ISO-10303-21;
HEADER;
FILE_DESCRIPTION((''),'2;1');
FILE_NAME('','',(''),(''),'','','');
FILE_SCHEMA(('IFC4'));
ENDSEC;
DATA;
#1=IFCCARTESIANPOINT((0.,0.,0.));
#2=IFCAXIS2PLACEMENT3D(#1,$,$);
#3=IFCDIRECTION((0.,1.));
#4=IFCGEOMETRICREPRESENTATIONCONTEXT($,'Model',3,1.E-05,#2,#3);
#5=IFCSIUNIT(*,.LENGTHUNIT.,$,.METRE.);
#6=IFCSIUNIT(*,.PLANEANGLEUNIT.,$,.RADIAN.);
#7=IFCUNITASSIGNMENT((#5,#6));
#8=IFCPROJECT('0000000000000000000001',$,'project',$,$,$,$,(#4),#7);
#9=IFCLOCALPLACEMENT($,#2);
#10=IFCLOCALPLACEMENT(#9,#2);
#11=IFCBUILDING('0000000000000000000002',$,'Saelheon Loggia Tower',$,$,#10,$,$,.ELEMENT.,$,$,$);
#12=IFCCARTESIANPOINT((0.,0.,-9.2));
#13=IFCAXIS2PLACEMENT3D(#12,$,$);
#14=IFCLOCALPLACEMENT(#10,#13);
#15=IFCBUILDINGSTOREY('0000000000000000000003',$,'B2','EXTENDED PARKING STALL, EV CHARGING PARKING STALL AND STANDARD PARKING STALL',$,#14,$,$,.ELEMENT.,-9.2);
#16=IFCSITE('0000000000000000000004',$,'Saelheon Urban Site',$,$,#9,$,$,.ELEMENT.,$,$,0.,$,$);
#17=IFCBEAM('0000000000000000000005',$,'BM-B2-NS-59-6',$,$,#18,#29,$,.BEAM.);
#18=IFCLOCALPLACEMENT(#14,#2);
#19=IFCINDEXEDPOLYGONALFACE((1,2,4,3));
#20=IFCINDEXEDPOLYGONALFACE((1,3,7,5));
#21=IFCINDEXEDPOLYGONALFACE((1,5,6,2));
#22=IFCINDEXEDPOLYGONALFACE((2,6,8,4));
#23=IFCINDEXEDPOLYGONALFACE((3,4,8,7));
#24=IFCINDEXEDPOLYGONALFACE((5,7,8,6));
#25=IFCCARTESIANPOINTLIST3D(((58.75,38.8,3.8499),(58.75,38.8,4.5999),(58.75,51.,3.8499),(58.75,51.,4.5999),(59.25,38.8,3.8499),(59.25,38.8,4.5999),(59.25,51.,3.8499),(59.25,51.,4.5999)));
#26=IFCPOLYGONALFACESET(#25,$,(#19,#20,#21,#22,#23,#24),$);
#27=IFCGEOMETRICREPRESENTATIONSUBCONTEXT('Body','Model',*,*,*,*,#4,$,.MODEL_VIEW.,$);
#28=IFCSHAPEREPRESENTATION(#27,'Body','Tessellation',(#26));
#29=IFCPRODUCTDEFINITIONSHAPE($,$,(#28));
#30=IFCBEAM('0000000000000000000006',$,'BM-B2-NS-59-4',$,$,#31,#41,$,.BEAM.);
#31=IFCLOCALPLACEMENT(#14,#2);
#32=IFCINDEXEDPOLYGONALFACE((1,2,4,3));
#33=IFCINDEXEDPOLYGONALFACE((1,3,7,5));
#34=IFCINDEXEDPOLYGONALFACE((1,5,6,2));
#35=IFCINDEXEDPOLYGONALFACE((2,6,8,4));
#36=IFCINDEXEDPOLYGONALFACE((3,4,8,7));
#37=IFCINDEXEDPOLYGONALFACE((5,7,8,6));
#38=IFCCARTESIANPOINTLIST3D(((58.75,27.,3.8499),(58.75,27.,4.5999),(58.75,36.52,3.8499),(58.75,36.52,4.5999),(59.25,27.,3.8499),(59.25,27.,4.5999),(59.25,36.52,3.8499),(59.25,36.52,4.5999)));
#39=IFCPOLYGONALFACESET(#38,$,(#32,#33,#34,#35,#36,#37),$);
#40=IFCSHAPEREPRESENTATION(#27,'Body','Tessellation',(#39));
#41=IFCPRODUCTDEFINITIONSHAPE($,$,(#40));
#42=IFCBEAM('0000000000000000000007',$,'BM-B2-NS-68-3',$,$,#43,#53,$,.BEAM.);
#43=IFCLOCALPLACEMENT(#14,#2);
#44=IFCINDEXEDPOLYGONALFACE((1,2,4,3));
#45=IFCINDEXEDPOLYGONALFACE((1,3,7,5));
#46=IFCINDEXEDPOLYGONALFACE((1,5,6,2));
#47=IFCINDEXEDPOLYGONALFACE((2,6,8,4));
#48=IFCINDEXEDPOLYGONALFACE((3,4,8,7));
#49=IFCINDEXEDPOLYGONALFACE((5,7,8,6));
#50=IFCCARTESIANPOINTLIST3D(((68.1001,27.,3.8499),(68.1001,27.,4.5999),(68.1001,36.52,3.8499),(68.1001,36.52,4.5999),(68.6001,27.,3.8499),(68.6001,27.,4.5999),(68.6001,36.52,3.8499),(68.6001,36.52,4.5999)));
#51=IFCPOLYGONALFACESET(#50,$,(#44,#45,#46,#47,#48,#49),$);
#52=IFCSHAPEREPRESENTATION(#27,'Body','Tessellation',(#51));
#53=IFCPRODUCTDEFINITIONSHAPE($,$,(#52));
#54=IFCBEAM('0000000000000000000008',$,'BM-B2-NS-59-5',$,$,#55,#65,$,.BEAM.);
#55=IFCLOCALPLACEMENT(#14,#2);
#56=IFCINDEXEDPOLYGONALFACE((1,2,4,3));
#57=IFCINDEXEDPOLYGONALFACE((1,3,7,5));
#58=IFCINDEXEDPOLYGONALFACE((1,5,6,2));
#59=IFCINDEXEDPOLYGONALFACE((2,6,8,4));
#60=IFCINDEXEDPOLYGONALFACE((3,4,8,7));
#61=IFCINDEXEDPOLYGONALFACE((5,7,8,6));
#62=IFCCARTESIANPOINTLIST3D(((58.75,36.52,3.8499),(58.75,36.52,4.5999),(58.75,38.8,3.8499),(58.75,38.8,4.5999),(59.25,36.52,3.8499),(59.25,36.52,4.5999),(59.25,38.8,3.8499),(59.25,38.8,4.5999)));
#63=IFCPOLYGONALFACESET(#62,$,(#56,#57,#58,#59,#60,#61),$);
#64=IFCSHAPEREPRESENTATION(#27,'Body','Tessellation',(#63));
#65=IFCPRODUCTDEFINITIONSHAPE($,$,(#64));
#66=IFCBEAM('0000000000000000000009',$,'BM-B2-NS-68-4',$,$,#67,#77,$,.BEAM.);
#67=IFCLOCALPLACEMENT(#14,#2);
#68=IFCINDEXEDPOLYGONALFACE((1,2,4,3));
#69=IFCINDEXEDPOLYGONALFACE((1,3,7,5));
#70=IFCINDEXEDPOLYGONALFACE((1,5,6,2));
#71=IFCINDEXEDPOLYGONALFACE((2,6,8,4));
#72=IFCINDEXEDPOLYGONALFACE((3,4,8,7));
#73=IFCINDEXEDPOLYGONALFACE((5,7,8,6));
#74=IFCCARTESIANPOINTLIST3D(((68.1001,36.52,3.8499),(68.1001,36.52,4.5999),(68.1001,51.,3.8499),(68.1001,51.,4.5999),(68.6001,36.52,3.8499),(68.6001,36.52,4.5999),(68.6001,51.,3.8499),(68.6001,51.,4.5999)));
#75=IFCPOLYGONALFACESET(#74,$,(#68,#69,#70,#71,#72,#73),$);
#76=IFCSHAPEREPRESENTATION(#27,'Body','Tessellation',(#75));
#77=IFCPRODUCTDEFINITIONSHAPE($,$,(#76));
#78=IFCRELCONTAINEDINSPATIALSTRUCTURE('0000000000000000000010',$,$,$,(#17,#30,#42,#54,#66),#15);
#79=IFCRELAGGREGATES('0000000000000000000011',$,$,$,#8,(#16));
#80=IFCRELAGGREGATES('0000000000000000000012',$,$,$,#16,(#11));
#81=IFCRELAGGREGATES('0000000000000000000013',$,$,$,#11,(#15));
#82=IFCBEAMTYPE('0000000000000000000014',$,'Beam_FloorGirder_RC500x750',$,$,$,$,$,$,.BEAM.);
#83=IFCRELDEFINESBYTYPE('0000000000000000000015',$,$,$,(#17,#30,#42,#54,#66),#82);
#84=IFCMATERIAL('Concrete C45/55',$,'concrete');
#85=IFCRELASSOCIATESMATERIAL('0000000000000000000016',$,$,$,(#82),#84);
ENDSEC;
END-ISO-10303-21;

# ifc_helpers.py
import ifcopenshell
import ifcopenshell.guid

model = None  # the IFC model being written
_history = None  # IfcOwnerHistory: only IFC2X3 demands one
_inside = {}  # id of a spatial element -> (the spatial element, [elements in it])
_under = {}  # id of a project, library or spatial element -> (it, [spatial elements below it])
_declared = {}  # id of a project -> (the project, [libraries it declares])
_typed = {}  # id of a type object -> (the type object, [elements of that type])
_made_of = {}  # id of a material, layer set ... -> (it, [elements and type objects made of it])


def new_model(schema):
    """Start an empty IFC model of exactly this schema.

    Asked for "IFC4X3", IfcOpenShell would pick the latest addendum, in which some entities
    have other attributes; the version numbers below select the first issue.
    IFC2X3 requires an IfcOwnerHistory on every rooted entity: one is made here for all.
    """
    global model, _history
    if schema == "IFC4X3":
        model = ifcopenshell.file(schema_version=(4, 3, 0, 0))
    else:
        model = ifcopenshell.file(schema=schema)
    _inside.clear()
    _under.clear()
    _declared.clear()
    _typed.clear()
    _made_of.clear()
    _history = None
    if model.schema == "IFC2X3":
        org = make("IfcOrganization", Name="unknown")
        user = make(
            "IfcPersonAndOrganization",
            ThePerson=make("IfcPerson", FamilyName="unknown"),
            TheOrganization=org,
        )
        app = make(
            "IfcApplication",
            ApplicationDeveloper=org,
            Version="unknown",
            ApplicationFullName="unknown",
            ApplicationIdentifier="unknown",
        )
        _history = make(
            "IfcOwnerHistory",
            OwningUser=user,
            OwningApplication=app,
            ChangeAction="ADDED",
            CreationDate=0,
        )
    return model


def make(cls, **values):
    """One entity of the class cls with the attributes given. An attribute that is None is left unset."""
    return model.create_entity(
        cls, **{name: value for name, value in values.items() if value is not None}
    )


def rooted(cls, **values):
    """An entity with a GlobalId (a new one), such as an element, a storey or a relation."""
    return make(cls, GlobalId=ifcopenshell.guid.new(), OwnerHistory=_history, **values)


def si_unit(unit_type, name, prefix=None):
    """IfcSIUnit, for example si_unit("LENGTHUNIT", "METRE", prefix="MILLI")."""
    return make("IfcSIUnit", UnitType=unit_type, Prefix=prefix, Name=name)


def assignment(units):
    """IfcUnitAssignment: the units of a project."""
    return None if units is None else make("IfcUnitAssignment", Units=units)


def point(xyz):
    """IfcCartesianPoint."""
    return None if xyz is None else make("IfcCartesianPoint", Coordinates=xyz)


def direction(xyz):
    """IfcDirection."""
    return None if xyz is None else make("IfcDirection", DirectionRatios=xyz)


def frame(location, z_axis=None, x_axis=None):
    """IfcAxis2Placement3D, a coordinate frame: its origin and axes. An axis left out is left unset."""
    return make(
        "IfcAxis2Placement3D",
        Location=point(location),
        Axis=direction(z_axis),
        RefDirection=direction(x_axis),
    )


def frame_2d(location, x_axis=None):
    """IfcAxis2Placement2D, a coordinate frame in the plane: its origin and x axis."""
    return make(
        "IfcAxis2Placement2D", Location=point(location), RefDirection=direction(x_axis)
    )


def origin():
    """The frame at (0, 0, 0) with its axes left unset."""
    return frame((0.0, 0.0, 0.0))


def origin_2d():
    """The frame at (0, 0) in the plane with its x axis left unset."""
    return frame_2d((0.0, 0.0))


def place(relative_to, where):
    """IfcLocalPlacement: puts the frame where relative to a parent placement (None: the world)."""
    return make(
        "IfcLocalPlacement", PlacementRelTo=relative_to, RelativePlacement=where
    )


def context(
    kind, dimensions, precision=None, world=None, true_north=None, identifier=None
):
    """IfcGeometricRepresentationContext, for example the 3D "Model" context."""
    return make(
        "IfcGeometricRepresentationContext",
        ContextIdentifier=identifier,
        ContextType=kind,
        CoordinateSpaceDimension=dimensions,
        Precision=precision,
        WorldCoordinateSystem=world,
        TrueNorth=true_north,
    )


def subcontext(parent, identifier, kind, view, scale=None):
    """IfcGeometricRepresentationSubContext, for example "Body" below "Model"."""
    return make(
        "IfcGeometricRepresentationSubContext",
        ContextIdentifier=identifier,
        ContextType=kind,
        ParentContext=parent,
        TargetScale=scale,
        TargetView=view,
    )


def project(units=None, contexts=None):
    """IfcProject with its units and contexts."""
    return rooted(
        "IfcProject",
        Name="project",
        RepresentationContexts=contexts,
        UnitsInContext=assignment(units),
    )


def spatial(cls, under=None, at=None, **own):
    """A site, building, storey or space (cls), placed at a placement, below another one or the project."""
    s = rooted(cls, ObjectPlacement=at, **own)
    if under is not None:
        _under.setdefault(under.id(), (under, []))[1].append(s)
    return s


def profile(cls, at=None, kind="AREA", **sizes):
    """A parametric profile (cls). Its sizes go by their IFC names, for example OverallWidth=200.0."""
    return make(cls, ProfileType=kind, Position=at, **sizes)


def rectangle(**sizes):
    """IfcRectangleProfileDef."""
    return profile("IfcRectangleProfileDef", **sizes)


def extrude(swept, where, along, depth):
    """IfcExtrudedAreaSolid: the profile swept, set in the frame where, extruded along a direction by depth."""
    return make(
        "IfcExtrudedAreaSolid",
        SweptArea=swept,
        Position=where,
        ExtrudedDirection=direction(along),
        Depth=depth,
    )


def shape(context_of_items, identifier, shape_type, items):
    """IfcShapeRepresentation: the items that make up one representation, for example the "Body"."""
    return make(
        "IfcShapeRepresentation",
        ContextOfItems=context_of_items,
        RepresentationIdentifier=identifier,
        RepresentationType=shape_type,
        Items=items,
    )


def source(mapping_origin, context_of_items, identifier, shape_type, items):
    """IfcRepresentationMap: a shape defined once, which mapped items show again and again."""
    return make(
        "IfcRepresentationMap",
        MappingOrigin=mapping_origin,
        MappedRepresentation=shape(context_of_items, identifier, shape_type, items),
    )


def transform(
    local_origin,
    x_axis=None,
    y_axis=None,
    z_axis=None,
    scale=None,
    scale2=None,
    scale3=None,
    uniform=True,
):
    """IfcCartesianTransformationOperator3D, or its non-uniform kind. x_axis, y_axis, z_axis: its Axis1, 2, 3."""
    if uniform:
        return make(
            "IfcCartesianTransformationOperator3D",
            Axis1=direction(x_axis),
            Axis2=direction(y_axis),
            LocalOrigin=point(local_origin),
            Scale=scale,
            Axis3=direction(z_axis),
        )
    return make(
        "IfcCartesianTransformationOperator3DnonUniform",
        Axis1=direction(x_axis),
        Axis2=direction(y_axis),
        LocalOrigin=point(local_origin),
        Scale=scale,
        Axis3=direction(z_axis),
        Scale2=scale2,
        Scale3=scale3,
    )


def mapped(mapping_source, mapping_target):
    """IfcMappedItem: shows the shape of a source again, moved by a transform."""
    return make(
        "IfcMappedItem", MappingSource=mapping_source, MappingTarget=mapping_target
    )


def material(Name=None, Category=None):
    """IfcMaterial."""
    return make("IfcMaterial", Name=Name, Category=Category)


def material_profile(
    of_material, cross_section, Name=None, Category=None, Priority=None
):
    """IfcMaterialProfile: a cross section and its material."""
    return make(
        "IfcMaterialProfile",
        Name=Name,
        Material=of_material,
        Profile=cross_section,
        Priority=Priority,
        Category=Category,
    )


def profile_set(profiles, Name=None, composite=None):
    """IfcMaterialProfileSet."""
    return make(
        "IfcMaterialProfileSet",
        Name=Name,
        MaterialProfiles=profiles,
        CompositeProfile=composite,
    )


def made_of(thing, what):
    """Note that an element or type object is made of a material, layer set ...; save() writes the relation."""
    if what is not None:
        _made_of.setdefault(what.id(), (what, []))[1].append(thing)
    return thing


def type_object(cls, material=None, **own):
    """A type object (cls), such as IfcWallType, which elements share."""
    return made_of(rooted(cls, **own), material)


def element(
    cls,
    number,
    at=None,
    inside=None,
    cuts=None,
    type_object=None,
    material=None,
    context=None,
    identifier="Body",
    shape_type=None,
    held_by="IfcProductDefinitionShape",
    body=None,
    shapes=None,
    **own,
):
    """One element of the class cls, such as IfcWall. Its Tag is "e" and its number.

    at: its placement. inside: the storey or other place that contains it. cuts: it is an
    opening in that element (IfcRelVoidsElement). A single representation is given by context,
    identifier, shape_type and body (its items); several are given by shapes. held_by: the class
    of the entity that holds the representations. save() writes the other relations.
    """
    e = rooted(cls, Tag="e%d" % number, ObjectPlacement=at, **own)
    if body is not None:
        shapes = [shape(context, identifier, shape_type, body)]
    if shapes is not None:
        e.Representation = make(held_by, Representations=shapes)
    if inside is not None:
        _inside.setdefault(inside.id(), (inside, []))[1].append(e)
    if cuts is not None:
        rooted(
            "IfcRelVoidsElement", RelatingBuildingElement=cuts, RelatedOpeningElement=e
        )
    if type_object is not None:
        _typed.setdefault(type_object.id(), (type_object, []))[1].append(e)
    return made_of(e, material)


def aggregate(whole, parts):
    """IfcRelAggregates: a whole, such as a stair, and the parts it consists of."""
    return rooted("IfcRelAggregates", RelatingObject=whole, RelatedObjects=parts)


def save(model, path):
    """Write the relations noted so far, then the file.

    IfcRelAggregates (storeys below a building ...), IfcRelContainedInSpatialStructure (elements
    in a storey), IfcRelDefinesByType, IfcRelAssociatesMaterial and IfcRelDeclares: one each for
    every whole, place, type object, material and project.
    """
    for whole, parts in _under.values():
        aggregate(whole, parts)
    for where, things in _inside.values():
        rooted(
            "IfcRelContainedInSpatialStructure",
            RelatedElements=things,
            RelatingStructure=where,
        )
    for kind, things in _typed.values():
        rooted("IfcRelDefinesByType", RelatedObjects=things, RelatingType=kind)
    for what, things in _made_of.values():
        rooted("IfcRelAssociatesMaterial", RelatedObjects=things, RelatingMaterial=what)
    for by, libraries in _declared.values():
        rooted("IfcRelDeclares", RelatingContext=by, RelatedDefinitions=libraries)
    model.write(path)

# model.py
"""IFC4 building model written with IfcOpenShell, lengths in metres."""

from ifc_helpers import new_model, si_unit, direction, frame, origin, origin_2d, place, context, subcontext, project, spatial, rectangle, extrude, source, transform, mapped, material, material_profile, profile_set, type_object, element, save


model = new_model("IFC4")

# Units and contexts
model_context = context("Model", 3, precision=1e-05, world=origin(), true_north=direction((0.0, 1.0)))
body_context = subcontext(model_context, "Body", "Model", "MODEL_VIEW")
ifc_project = project(units=[si_unit("LENGTHUNIT", "METRE"), si_unit("PLANEANGLEUNIT", "RADIAN")], contexts=[model_context])

# Site, building, storey
site_placement = place(None, origin())
site = spatial("IfcSite", under=ifc_project, at=site_placement, Name="Saelheon Urban Site", CompositionType="ELEMENT", RefElevation=0.0)
building_placement = place(site_placement, origin())
building = spatial("IfcBuilding", under=site, at=building_placement, Name="Saelheon Loggia Tower", CompositionType="ELEMENT")
storey_placement = place(building_placement, frame((0.0, 0.0, -9.2)))
storey = spatial("IfcBuildingStorey", under=building, at=storey_placement, Name="B2", Description="EXTENDED PARKING STALL, EV CHARGING PARKING STALL AND STANDARD PARKING STALL", CompositionType="ELEMENT", Elevation=-9.2)

# Shared definitions
ifc_material_1 = material(Name="Concrete C45/55", Category="concrete")

# Beams
ifc_material_profile_1 = material_profile(ifc_material_1, rectangle(XDim=0.5, YDim=0.75, at=origin_2d()), Name="RC-500x750")
ifc_profile_set_1 = profile_set([ifc_material_profile_1], Name="Concrete C45/55")
beam_type_1 = type_object("IfcBeamType", Name="Beam_FloorGirder_RC500x750", PredefinedType="BEAM", material=ifc_profile_set_1)
shared_shape_1 = source(origin(), body_context, "Body", "SweptSolid", [
    extrude(rectangle(XDim=0.5, YDim=0.75, at=origin_2d()), origin(), (0.0, 0.0, 1.0), 12.2),
])
beam_1_placement = place(storey_placement, frame((59.0, 38.8, 4.2249), z_axis=(0.0, 1.0, 0.0), x_axis=(-1.0, 0.0, 0.0)))
element("IfcBeam", 1, at=beam_1_placement, inside=storey, type_object=beam_type_1, Name="BM-B2-NS-59-6", PredefinedType="BEAM", context=body_context, shape_type="MappedRepresentation", body=[
    mapped(shared_shape_1, transform((0.0, 0.0, 0.0), scale=1.0)),
])
shared_shape_2 = source(origin(), body_context, "Body", "SweptSolid", [
    extrude(rectangle(XDim=0.5, YDim=0.75, at=origin_2d()), origin(), (0.0, 0.0, 1.0), 9.52),
])
for number, where, z_axis, x_axis, name in (
    (2, (59.0, 27.0, 4.2249), (0.0, 1.0, 0.0), (-1.0, 0.0, 0.0), "BM-B2-NS-59-4"),
    (3, (68.3501, 27.0, 4.2249), (0.0, 1.0, 0.0), (-1.0, 0.0, 0.0), "BM-B2-NS-68-3"),
):
    element("IfcBeam", number, at=place(storey_placement, frame(where, z_axis=z_axis, x_axis=x_axis)), inside=storey, type_object=beam_type_1, Name=name, PredefinedType="BEAM", context=body_context, shape_type="MappedRepresentation", body=[
        mapped(shared_shape_2, transform((0.0, 0.0, 0.0), scale=1.0)),
    ])
shared_shape_3 = source(origin(), body_context, "Body", "SweptSolid", [
    extrude(rectangle(XDim=0.5, YDim=0.75, at=origin_2d()), origin(), (0.0, 0.0, 1.0), 2.28),
])
beam_2_placement = place(storey_placement, frame((59.0, 36.52, 4.2249), z_axis=(0.0, 1.0, 0.0), x_axis=(-1.0, 0.0, 0.0)))
element("IfcBeam", 4, at=beam_2_placement, inside=storey, type_object=beam_type_1, Name="BM-B2-NS-59-5", PredefinedType="BEAM", context=body_context, shape_type="MappedRepresentation", body=[
    mapped(shared_shape_3, transform((0.0, 0.0, 0.0), scale=1.0)),
])
shared_shape_4 = source(origin(), body_context, "Body", "SweptSolid", [
    extrude(rectangle(XDim=0.5, YDim=0.75, at=origin_2d()), origin(), (0.0, 0.0, 1.0), 14.48),
])
beam_3_placement = place(storey_placement, frame((68.3501, 36.52, 4.2249), z_axis=(0.0, 1.0, 0.0), x_axis=(-1.0, 0.0, 0.0)))
element("IfcBeam", 5, at=beam_3_placement, inside=storey, type_object=beam_type_1, Name="BM-B2-NS-68-4", PredefinedType="BEAM", context=body_context, shape_type="MappedRepresentation", body=[
    mapped(shared_shape_4, transform((0.0, 0.0, 0.0), scale=1.0)),
])

save(model, "model.ifc")
